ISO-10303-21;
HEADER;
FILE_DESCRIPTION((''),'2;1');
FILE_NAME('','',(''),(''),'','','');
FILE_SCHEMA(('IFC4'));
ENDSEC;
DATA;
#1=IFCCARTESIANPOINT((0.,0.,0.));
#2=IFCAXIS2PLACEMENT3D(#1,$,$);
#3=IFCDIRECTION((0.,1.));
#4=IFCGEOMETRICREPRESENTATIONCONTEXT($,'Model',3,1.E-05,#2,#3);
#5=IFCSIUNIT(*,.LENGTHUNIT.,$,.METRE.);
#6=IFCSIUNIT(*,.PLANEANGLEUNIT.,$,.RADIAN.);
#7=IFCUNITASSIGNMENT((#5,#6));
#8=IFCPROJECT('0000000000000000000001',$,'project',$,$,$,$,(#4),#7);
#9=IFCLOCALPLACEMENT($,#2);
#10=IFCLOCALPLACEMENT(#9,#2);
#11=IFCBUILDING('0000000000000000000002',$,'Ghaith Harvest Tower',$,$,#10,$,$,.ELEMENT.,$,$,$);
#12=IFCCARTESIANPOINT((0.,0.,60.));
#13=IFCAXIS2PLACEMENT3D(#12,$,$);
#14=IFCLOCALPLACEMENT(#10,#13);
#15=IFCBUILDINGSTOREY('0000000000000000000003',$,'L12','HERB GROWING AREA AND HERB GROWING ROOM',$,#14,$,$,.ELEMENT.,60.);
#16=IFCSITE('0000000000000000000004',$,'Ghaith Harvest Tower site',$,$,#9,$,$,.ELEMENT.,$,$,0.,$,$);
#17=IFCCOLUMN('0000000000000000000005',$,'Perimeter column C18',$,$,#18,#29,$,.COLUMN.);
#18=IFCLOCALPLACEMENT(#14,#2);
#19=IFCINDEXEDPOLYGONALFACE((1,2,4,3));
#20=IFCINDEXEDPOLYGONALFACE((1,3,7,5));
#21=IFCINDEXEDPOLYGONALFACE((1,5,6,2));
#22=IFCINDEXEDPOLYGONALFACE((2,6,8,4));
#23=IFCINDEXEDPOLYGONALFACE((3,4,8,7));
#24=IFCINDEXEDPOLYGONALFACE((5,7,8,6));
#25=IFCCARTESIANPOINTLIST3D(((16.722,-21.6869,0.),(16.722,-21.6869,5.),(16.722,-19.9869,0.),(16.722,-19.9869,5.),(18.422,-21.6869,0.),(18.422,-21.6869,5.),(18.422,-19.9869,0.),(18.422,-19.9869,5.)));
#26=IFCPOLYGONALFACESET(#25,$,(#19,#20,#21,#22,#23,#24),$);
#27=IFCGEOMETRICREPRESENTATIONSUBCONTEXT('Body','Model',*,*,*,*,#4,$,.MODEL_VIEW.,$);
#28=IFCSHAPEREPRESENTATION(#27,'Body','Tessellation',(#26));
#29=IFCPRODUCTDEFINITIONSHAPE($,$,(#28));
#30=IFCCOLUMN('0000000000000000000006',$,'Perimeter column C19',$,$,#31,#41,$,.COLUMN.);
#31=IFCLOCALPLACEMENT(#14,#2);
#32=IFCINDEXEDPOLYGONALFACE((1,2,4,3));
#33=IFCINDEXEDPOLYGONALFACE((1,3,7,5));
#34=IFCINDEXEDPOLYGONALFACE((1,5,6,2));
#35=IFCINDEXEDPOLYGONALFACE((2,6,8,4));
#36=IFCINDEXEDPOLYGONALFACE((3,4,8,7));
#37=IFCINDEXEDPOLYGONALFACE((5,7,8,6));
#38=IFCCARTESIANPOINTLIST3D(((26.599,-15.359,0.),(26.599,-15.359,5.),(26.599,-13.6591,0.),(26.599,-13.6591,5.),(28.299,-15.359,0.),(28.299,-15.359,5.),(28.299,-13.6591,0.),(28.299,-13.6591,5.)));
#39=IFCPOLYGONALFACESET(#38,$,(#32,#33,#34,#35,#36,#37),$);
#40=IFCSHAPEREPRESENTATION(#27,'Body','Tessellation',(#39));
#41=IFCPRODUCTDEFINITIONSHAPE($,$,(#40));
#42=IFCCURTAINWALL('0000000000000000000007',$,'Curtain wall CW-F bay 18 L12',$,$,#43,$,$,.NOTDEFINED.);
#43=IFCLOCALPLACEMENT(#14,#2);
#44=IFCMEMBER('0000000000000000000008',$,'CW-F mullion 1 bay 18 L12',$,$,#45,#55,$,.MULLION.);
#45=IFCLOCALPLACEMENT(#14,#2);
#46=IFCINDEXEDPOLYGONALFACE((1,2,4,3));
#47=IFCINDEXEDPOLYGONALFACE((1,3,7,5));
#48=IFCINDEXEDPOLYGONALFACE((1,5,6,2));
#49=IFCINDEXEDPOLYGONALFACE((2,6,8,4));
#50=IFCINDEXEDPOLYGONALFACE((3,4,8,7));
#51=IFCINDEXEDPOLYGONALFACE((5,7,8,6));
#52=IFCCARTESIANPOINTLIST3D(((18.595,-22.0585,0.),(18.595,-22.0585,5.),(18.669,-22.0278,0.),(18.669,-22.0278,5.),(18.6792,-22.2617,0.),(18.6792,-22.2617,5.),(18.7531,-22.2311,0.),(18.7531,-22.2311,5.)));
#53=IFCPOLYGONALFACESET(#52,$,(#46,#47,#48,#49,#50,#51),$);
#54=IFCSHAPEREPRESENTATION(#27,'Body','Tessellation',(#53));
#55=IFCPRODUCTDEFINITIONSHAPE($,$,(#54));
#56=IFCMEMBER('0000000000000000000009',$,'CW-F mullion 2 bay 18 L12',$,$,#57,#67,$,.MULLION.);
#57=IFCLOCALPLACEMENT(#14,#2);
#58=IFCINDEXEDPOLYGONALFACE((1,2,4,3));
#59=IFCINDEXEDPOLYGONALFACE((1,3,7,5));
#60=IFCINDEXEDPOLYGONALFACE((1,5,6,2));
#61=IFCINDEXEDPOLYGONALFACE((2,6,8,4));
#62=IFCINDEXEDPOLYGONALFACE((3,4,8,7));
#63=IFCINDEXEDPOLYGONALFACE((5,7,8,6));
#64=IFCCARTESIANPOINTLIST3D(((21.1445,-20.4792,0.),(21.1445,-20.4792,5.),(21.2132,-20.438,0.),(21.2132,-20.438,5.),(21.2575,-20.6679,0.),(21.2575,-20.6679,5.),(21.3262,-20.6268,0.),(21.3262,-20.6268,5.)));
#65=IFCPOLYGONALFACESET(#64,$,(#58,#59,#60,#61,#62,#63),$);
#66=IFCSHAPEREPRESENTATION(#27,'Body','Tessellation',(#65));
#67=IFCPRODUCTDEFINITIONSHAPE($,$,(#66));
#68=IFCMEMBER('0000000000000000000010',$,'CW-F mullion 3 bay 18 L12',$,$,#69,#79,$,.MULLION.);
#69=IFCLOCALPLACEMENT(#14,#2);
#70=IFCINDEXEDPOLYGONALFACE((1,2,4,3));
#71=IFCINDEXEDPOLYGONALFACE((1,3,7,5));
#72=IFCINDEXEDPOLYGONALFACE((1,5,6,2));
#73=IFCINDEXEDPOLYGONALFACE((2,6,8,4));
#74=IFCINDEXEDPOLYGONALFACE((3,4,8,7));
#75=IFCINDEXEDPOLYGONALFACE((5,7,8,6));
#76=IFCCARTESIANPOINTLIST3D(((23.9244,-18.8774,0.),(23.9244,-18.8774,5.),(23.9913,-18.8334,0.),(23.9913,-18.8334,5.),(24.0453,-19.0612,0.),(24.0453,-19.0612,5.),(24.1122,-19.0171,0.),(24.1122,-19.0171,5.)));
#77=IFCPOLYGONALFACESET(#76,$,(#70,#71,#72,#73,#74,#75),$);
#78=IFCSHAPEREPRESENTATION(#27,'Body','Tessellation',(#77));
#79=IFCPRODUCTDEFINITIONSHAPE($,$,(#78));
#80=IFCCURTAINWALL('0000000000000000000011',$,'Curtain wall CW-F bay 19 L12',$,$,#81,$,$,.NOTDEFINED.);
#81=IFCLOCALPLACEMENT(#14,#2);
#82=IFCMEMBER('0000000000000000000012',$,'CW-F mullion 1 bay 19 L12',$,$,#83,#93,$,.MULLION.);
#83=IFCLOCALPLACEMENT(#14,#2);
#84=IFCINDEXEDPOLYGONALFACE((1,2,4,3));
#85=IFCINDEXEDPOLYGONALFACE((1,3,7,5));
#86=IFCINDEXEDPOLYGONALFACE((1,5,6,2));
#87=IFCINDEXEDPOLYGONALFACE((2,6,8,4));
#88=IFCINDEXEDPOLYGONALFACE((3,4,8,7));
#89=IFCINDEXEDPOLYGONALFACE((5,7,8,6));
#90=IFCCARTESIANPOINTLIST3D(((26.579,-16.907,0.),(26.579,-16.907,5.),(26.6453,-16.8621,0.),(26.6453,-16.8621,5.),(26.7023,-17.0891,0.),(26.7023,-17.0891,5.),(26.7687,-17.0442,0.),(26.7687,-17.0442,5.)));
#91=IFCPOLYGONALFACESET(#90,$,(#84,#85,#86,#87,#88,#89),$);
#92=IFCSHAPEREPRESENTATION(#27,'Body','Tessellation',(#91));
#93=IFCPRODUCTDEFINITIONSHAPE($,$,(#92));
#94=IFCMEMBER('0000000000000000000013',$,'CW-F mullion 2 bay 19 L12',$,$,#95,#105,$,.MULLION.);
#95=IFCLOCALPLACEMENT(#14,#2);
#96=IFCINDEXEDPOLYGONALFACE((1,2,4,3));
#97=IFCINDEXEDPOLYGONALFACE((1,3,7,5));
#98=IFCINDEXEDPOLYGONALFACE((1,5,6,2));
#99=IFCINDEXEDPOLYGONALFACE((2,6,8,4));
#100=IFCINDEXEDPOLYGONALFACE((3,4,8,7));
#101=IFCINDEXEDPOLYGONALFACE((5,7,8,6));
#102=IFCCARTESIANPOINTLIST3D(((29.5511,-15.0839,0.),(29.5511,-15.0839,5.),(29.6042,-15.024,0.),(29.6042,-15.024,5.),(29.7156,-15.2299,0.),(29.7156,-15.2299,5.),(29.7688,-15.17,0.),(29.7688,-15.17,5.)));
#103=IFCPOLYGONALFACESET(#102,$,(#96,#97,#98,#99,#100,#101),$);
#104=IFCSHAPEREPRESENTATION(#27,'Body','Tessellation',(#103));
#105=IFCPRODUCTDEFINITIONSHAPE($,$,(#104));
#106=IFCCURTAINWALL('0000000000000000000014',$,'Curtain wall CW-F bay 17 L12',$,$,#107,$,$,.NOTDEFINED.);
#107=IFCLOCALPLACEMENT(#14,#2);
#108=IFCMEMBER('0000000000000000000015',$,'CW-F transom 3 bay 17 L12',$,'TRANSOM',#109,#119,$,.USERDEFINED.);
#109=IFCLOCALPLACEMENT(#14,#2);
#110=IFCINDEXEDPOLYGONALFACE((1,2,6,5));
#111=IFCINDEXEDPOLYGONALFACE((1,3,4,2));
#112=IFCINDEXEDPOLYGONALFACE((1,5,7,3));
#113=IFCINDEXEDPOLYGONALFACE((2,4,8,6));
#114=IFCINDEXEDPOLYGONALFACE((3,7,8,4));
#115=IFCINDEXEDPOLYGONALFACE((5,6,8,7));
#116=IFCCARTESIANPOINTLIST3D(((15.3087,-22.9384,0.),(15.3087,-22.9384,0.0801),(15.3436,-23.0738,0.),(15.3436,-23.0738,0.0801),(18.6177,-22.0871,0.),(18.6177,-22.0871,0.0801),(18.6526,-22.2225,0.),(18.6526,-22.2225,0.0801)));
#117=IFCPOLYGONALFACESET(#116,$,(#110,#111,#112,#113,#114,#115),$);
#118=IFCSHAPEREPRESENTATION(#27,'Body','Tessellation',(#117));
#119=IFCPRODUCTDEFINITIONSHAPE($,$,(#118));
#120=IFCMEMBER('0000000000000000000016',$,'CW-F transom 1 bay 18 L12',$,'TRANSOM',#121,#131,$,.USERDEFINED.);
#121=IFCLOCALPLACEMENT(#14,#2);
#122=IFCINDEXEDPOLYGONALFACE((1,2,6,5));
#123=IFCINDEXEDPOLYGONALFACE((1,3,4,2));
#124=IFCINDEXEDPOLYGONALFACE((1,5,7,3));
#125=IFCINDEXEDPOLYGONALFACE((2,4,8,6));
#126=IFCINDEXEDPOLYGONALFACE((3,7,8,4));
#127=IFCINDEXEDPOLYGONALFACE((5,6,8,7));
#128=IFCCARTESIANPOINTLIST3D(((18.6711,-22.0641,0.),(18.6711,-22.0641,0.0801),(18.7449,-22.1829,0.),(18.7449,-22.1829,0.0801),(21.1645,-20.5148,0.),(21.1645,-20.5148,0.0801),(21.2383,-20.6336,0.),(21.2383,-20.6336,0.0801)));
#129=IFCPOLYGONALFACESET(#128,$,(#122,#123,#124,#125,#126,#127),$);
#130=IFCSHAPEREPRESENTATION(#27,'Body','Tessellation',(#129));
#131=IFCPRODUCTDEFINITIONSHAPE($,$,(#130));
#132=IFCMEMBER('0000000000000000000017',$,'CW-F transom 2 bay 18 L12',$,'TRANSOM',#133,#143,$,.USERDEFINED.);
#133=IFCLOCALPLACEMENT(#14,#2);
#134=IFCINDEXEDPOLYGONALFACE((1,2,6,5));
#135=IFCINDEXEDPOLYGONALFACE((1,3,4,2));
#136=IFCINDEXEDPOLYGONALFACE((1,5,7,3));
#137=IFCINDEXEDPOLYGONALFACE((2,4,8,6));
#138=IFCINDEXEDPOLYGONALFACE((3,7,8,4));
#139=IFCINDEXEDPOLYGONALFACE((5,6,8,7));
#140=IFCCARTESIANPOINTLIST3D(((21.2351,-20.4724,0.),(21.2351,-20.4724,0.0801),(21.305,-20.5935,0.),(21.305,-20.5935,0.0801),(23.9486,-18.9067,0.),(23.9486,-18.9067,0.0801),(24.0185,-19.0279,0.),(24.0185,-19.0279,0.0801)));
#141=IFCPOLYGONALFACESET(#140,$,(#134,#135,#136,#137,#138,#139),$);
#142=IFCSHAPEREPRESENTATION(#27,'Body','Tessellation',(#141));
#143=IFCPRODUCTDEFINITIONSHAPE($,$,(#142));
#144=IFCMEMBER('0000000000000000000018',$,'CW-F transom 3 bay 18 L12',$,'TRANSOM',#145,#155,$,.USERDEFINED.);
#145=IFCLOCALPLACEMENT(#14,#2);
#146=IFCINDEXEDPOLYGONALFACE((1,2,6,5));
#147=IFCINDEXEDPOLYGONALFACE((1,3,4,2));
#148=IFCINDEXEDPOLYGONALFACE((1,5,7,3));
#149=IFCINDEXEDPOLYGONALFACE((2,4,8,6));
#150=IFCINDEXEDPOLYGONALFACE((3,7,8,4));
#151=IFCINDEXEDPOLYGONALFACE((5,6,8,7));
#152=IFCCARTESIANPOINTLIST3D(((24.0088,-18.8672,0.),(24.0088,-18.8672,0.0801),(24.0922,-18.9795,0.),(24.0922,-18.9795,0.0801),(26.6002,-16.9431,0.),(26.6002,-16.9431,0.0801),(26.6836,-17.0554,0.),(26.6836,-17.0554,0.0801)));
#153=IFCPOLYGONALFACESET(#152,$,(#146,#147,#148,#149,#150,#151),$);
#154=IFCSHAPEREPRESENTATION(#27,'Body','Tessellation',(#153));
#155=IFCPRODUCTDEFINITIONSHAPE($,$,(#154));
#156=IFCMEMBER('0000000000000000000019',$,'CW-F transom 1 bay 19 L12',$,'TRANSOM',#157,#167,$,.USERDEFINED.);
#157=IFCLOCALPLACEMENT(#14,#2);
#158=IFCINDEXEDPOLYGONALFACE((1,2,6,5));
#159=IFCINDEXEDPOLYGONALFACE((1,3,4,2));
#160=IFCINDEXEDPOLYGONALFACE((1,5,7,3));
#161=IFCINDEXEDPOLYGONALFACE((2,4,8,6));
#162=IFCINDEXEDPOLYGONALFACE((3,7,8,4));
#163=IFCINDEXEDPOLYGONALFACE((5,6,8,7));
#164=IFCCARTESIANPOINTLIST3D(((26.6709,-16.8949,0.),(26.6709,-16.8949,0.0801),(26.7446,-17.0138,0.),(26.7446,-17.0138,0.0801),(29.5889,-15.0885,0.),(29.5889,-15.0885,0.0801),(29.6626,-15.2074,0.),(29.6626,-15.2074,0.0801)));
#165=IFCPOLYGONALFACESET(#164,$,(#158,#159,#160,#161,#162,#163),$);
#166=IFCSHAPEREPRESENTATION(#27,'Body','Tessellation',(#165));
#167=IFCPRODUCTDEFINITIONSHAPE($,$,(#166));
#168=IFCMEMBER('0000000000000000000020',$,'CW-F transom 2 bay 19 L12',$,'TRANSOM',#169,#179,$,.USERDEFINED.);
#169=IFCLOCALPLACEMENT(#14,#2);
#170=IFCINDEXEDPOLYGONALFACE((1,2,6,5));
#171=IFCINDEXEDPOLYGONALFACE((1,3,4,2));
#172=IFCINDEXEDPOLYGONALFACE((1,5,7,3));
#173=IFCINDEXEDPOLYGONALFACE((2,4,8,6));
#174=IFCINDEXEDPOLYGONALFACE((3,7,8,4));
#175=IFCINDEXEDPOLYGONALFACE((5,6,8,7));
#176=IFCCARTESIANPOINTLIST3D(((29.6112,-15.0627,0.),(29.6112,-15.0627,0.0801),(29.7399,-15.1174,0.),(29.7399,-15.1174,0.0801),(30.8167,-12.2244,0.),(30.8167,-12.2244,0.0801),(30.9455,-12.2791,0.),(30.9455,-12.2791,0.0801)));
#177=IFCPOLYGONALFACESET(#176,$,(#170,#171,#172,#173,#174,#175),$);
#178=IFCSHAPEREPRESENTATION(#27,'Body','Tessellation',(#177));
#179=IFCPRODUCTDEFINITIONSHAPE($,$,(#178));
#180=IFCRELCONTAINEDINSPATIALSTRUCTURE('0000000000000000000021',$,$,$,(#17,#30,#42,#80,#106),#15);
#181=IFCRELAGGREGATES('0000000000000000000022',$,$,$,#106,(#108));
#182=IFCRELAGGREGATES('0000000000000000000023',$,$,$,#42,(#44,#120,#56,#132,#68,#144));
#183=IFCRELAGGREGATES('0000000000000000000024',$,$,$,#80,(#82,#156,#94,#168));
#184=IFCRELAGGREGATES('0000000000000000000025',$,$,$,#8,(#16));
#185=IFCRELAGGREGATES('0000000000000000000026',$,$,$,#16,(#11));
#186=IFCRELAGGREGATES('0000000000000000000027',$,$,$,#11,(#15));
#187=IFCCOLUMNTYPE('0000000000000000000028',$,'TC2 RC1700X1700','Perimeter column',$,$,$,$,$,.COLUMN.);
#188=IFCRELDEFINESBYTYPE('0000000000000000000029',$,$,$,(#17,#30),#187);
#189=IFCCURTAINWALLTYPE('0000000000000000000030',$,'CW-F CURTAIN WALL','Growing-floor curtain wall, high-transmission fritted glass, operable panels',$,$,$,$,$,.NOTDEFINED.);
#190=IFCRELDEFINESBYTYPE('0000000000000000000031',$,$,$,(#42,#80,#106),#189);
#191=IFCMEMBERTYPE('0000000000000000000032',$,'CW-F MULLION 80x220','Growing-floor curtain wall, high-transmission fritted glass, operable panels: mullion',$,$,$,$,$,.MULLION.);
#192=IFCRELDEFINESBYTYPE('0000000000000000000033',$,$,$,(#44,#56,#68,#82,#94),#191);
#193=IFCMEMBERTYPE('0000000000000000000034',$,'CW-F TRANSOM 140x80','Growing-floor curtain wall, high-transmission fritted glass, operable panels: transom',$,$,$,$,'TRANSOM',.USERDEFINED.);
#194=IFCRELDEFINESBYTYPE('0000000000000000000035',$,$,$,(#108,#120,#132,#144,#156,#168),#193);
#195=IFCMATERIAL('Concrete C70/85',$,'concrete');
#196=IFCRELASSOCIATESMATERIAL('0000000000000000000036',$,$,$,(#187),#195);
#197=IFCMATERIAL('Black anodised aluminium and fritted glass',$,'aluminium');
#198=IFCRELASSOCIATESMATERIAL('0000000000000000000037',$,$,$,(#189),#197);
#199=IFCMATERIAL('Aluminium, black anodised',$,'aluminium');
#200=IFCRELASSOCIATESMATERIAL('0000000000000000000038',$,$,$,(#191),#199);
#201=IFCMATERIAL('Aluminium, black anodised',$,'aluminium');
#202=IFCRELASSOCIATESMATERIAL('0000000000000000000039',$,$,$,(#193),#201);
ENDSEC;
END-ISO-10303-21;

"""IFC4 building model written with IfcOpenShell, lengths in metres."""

from ifc_helpers import new_model, si_unit, direction, frame, origin, origin_2d, place, context, subcontext, project, spatial, rectangle, extrude, material, material_profile, profile_set, type_object, element, aggregate, save


model = new_model("IFC4")

# Units and contexts
model_context = context("Model", 3, precision=1e-05, world=origin(), true_north=direction((0.0, 1.0)))
body_context = subcontext(model_context, "Body", "Model", "MODEL_VIEW")
ifc_project = project(units=[si_unit("LENGTHUNIT", "METRE"), si_unit("PLANEANGLEUNIT", "RADIAN")], contexts=[model_context])

# Site, building, storey
site_placement = place(None, origin())
site = spatial("IfcSite", under=ifc_project, at=site_placement, Name="Ghaith Harvest Tower site", CompositionType="ELEMENT", RefElevation=0.0)
building_placement = place(site_placement, origin())
building = spatial("IfcBuilding", under=site, at=building_placement, Name="Ghaith Harvest Tower", CompositionType="ELEMENT")
storey_placement = place(building_placement, frame((0.0, 0.0, 60.0)))
storey = spatial("IfcBuildingStorey", under=building, at=storey_placement, Name="L12", Description="HERB GROWING AREA AND HERB GROWING ROOM", CompositionType="ELEMENT", Elevation=60.0)

# Columns
ifc_material_1 = material(Name="Concrete C70/85", Category="concrete")
ifc_material_profile_1 = material_profile(ifc_material_1, rectangle(XDim=1.7, YDim=1.7, at=origin_2d()), Name="RC1700X1700")
ifc_profile_set_1 = profile_set([ifc_material_profile_1], Name="Concrete C70/85")
column_type = type_object("IfcColumnType", Name="TC2 RC1700X1700", Description="Perimeter column", PredefinedType="COLUMN", material=ifc_profile_set_1)
for number, where, z_axis, x_axis, name in (
    (1, (17.572, -20.8369, 0.0), (0.0, 0.0, 1.0), (1.0, 0.0, 0.0), "Perimeter column C18"),
    (2, (27.449, -14.509, 0.0), (0.0, 0.0, 1.0), (1.0, 0.0, 0.0), "Perimeter column C19"),
):
    element("IfcColumn", number, at=place(storey_placement, frame(where, z_axis=z_axis, x_axis=x_axis)), inside=storey, type_object=column_type, Name=name, PredefinedType="COLUMN", context=body_context, shape_type="SweptSolid", body=[
        extrude(rectangle(XDim=1.7, YDim=1.7, at=origin_2d()), origin(), (0.0, 0.0, 1.0), 5.0),
    ])

# Curtain walls, members
ifc_material_2 = material(Name="Black anodised aluminium and fritted glass", Category="aluminium")
curtain_wall_type = type_object("IfcCurtainWallType", Name="CW-F CURTAIN WALL", Description="Growing-floor curtain wall, high-transmission fritted glass, operable panels", PredefinedType="NOTDEFINED", material=ifc_material_2)
curtain_wall_1_placement = place(storey_placement, origin())
curtain_wall_1 = element("IfcCurtainWall", 3, at=curtain_wall_1_placement, inside=storey, type_object=curtain_wall_type, Name="Curtain wall CW-F bay 18 L12", PredefinedType="NOTDEFINED")
ifc_material_3 = material(Name="Aluminium, black anodised", Category="aluminium")
ifc_material_profile_2 = material_profile(ifc_material_3, rectangle(XDim=0.0801, YDim=0.22, at=origin_2d()), Name="CW-F MULLION 80x220")
ifc_profile_set_2 = profile_set([ifc_material_profile_2], Name="Aluminium, black anodised")
member_type_1 = type_object("IfcMemberType", Name="CW-F MULLION 80x220", Description="Growing-floor curtain wall, high-transmission fritted glass, operable panels: mullion", PredefinedType="MULLION", material=ifc_profile_set_2)
member_1_placement = place(storey_placement, frame((18.6741, -22.1448, 0.0), z_axis=(0.0, 0.0, 1.0), x_axis=(0.92391, 0.382609, 0.0)))
member_1 = element("IfcMember", 4, at=member_1_placement, type_object=member_type_1, Name="CW-F mullion 1 bay 18 L12", PredefinedType="MULLION", context=body_context, shape_type="SweptSolid", body=[
    extrude(rectangle(XDim=0.0801, YDim=0.22, at=origin_2d()), origin(), (0.0, 0.0, 1.0), 5.0),
])
member_2_placement = place(storey_placement, frame((21.2354, -20.553, 0.0), z_axis=(0.0, 0.0, 1.0), x_axis=(0.85814, 0.513415, 0.0)))
member_2 = element("IfcMember", 5, at=member_2_placement, type_object=member_type_1, Name="CW-F mullion 2 bay 18 L12", PredefinedType="MULLION", context=body_context, shape_type="SweptSolid", body=[
    extrude(rectangle(XDim=0.0801, YDim=0.22, at=origin_2d()), origin(), (0.0, 0.0, 1.0), 5.0),
])
member_3_placement = place(storey_placement, frame((24.0183, -18.9473, 0.0), z_axis=(0.0, 0.0, 1.0), x_axis=(0.835444, 0.549576, 0.0)))
member_3 = element("IfcMember", 6, at=member_3_placement, type_object=member_type_1, Name="CW-F mullion 3 bay 18 L12", PredefinedType="MULLION", context=body_context, shape_type="SweptSolid", body=[
    extrude(rectangle(XDim=0.0801, YDim=0.22, at=origin_2d()), origin(), (0.0, 0.0, 1.0), 5.0),
])
curtain_wall_2_placement = place(storey_placement, origin())
curtain_wall_2 = element("IfcCurtainWall", 7, at=curtain_wall_2_placement, inside=storey, type_object=curtain_wall_type, Name="Curtain wall CW-F bay 19 L12", PredefinedType="NOTDEFINED")
member_4_placement = place(storey_placement, frame((26.6738, -16.9756, 0.0), z_axis=(0.0, 0.0, 1.0), x_axis=(0.828002, 0.560725, 0.0)))
member_4 = element("IfcMember", 8, at=member_4_placement, type_object=member_type_1, Name="CW-F mullion 1 bay 19 L12", PredefinedType="MULLION", context=body_context, shape_type="SweptSolid", body=[
    extrude(rectangle(XDim=0.0801, YDim=0.22, at=origin_2d()), origin(), (0.0, 0.0, 1.0), 5.0),
])
member_5_placement = place(storey_placement, frame((29.6599, -15.127, 0.0), z_axis=(0.0, 0.0, 1.0), x_axis=(0.663605, 0.748083, 0.0)))
member_5 = element("IfcMember", 9, at=member_5_placement, type_object=member_type_1, Name="CW-F mullion 2 bay 19 L12", PredefinedType="MULLION", context=body_context, shape_type="SweptSolid", body=[
    extrude(rectangle(XDim=0.0801, YDim=0.22, at=origin_2d()), origin(), (0.0, 0.0, 1.0), 5.0),
])

# Curtain wall, member
curtain_wall_3_placement = place(storey_placement, origin())
curtain_wall_3 = element("IfcCurtainWall", 10, at=curtain_wall_3_placement, inside=storey, type_object=curtain_wall_type, Name="Curtain wall CW-F bay 17 L12", PredefinedType="NOTDEFINED")
ifc_material_4 = material(Name="Aluminium, black anodised", Category="aluminium")
ifc_material_profile_3 = material_profile(ifc_material_4, rectangle(XDim=0.1399, YDim=0.0801, at=origin_2d()), Name="CW-F TRANSOM 140x80")
ifc_profile_set_3 = profile_set([ifc_material_profile_3], Name="Aluminium, black anodised")
member_type_2 = type_object("IfcMemberType", Name="CW-F TRANSOM 140x80", Description="Growing-floor curtain wall, high-transmission fritted glass, operable panels: transom", ElementType="TRANSOM", PredefinedType="USERDEFINED", material=ifc_profile_set_3)
member_6_placement = place(storey_placement, frame((15.3262, -23.0061, 0.04), z_axis=(0.968464, 0.249154, 0.0), x_axis=(-0.249154, 0.968464, 0.0)))
member_6 = element("IfcMember", 11, at=member_6_placement, type_object=member_type_2, Name="CW-F transom 3 bay 17 L12", ObjectType="TRANSOM", PredefinedType="USERDEFINED", context=body_context, shape_type="SweptSolid", body=[
    extrude(rectangle(XDim=0.1399, YDim=0.0801, at=origin_2d()), origin(), (0.0, 0.0, 1.0), 3.4167),
])

# Members
member_7_placement = place(storey_placement, frame((18.708, -22.1235, 0.04), z_axis=(0.849383, 0.527777, 0.0), x_axis=(-0.527777, 0.849383, 0.0)))
member_7 = element("IfcMember", 12, at=member_7_placement, type_object=member_type_2, Name="CW-F transom 1 bay 18 L12", ObjectType="TRANSOM", PredefinedType="USERDEFINED", context=body_context, shape_type="SweptSolid", body=[
    extrude(rectangle(XDim=0.1399, YDim=0.0801, at=origin_2d()), origin(), (0.0, 0.0, 1.0), 2.9355),
])
member_8_placement = place(storey_placement, frame((21.27, -20.533, 0.04), z_axis=(0.866169, 0.499752, 0.0), x_axis=(-0.499752, 0.866169, 0.0)))
member_8 = element("IfcMember", 13, at=member_8_placement, type_object=member_type_2, Name="CW-F transom 2 bay 18 L12", ObjectType="TRANSOM", PredefinedType="USERDEFINED", context=body_context, shape_type="SweptSolid", body=[
    extrude(rectangle(XDim=0.1399, YDim=0.0801, at=origin_2d()), origin(), (0.0, 0.0, 1.0), 3.1328),
])
member_9_placement = place(storey_placement, frame((24.0505, -18.9233, 0.04), z_axis=(0.802877, 0.596144, 0.0), x_axis=(-0.596144, 0.802877, 0.0)))
member_9 = element("IfcMember", 14, at=member_9_placement, type_object=member_type_2, Name="CW-F transom 3 bay 18 L12", ObjectType="TRANSOM", PredefinedType="USERDEFINED", context=body_context, shape_type="SweptSolid", body=[
    extrude(rectangle(XDim=0.1399, YDim=0.0801, at=origin_2d()), origin(), (0.0, 0.0, 1.0), 3.2275),
])
member_10_placement = place(storey_placement, frame((26.7078, -16.9543, 0.04), z_axis=(0.850261, 0.526362, 0.0), x_axis=(-0.526362, 0.850261, 0.0)))
member_10 = element("IfcMember", 15, at=member_10_placement, type_object=member_type_2, Name="CW-F transom 1 bay 19 L12", ObjectType="TRANSOM", PredefinedType="USERDEFINED", context=body_context, shape_type="SweptSolid", body=[
    extrude(rectangle(XDim=0.1399, YDim=0.0801, at=origin_2d()), origin(), (0.0, 0.0, 1.0), 3.4319),
])
member_11_placement = place(storey_placement, frame((29.6755, -15.0901, 0.04), z_axis=(0.390936, 0.920418, 0.0), x_axis=(-0.920418, 0.390936, 0.0)))
member_11 = element("IfcMember", 16, at=member_11_placement, type_object=member_type_2, Name="CW-F transom 2 bay 19 L12", ObjectType="TRANSOM", PredefinedType="USERDEFINED", context=body_context, shape_type="SweptSolid", body=[
    extrude(rectangle(XDim=0.1399, YDim=0.0801, at=origin_2d()), origin(), (0.0, 0.0, 1.0), 3.0837),
])

aggregate(curtain_wall_3, [member_6])
aggregate(curtain_wall_1, [member_1, member_7, member_2, member_8, member_3, member_9])
aggregate(curtain_wall_2, [member_4, member_10, member_5, member_11])

save(model, "model.ifc")
